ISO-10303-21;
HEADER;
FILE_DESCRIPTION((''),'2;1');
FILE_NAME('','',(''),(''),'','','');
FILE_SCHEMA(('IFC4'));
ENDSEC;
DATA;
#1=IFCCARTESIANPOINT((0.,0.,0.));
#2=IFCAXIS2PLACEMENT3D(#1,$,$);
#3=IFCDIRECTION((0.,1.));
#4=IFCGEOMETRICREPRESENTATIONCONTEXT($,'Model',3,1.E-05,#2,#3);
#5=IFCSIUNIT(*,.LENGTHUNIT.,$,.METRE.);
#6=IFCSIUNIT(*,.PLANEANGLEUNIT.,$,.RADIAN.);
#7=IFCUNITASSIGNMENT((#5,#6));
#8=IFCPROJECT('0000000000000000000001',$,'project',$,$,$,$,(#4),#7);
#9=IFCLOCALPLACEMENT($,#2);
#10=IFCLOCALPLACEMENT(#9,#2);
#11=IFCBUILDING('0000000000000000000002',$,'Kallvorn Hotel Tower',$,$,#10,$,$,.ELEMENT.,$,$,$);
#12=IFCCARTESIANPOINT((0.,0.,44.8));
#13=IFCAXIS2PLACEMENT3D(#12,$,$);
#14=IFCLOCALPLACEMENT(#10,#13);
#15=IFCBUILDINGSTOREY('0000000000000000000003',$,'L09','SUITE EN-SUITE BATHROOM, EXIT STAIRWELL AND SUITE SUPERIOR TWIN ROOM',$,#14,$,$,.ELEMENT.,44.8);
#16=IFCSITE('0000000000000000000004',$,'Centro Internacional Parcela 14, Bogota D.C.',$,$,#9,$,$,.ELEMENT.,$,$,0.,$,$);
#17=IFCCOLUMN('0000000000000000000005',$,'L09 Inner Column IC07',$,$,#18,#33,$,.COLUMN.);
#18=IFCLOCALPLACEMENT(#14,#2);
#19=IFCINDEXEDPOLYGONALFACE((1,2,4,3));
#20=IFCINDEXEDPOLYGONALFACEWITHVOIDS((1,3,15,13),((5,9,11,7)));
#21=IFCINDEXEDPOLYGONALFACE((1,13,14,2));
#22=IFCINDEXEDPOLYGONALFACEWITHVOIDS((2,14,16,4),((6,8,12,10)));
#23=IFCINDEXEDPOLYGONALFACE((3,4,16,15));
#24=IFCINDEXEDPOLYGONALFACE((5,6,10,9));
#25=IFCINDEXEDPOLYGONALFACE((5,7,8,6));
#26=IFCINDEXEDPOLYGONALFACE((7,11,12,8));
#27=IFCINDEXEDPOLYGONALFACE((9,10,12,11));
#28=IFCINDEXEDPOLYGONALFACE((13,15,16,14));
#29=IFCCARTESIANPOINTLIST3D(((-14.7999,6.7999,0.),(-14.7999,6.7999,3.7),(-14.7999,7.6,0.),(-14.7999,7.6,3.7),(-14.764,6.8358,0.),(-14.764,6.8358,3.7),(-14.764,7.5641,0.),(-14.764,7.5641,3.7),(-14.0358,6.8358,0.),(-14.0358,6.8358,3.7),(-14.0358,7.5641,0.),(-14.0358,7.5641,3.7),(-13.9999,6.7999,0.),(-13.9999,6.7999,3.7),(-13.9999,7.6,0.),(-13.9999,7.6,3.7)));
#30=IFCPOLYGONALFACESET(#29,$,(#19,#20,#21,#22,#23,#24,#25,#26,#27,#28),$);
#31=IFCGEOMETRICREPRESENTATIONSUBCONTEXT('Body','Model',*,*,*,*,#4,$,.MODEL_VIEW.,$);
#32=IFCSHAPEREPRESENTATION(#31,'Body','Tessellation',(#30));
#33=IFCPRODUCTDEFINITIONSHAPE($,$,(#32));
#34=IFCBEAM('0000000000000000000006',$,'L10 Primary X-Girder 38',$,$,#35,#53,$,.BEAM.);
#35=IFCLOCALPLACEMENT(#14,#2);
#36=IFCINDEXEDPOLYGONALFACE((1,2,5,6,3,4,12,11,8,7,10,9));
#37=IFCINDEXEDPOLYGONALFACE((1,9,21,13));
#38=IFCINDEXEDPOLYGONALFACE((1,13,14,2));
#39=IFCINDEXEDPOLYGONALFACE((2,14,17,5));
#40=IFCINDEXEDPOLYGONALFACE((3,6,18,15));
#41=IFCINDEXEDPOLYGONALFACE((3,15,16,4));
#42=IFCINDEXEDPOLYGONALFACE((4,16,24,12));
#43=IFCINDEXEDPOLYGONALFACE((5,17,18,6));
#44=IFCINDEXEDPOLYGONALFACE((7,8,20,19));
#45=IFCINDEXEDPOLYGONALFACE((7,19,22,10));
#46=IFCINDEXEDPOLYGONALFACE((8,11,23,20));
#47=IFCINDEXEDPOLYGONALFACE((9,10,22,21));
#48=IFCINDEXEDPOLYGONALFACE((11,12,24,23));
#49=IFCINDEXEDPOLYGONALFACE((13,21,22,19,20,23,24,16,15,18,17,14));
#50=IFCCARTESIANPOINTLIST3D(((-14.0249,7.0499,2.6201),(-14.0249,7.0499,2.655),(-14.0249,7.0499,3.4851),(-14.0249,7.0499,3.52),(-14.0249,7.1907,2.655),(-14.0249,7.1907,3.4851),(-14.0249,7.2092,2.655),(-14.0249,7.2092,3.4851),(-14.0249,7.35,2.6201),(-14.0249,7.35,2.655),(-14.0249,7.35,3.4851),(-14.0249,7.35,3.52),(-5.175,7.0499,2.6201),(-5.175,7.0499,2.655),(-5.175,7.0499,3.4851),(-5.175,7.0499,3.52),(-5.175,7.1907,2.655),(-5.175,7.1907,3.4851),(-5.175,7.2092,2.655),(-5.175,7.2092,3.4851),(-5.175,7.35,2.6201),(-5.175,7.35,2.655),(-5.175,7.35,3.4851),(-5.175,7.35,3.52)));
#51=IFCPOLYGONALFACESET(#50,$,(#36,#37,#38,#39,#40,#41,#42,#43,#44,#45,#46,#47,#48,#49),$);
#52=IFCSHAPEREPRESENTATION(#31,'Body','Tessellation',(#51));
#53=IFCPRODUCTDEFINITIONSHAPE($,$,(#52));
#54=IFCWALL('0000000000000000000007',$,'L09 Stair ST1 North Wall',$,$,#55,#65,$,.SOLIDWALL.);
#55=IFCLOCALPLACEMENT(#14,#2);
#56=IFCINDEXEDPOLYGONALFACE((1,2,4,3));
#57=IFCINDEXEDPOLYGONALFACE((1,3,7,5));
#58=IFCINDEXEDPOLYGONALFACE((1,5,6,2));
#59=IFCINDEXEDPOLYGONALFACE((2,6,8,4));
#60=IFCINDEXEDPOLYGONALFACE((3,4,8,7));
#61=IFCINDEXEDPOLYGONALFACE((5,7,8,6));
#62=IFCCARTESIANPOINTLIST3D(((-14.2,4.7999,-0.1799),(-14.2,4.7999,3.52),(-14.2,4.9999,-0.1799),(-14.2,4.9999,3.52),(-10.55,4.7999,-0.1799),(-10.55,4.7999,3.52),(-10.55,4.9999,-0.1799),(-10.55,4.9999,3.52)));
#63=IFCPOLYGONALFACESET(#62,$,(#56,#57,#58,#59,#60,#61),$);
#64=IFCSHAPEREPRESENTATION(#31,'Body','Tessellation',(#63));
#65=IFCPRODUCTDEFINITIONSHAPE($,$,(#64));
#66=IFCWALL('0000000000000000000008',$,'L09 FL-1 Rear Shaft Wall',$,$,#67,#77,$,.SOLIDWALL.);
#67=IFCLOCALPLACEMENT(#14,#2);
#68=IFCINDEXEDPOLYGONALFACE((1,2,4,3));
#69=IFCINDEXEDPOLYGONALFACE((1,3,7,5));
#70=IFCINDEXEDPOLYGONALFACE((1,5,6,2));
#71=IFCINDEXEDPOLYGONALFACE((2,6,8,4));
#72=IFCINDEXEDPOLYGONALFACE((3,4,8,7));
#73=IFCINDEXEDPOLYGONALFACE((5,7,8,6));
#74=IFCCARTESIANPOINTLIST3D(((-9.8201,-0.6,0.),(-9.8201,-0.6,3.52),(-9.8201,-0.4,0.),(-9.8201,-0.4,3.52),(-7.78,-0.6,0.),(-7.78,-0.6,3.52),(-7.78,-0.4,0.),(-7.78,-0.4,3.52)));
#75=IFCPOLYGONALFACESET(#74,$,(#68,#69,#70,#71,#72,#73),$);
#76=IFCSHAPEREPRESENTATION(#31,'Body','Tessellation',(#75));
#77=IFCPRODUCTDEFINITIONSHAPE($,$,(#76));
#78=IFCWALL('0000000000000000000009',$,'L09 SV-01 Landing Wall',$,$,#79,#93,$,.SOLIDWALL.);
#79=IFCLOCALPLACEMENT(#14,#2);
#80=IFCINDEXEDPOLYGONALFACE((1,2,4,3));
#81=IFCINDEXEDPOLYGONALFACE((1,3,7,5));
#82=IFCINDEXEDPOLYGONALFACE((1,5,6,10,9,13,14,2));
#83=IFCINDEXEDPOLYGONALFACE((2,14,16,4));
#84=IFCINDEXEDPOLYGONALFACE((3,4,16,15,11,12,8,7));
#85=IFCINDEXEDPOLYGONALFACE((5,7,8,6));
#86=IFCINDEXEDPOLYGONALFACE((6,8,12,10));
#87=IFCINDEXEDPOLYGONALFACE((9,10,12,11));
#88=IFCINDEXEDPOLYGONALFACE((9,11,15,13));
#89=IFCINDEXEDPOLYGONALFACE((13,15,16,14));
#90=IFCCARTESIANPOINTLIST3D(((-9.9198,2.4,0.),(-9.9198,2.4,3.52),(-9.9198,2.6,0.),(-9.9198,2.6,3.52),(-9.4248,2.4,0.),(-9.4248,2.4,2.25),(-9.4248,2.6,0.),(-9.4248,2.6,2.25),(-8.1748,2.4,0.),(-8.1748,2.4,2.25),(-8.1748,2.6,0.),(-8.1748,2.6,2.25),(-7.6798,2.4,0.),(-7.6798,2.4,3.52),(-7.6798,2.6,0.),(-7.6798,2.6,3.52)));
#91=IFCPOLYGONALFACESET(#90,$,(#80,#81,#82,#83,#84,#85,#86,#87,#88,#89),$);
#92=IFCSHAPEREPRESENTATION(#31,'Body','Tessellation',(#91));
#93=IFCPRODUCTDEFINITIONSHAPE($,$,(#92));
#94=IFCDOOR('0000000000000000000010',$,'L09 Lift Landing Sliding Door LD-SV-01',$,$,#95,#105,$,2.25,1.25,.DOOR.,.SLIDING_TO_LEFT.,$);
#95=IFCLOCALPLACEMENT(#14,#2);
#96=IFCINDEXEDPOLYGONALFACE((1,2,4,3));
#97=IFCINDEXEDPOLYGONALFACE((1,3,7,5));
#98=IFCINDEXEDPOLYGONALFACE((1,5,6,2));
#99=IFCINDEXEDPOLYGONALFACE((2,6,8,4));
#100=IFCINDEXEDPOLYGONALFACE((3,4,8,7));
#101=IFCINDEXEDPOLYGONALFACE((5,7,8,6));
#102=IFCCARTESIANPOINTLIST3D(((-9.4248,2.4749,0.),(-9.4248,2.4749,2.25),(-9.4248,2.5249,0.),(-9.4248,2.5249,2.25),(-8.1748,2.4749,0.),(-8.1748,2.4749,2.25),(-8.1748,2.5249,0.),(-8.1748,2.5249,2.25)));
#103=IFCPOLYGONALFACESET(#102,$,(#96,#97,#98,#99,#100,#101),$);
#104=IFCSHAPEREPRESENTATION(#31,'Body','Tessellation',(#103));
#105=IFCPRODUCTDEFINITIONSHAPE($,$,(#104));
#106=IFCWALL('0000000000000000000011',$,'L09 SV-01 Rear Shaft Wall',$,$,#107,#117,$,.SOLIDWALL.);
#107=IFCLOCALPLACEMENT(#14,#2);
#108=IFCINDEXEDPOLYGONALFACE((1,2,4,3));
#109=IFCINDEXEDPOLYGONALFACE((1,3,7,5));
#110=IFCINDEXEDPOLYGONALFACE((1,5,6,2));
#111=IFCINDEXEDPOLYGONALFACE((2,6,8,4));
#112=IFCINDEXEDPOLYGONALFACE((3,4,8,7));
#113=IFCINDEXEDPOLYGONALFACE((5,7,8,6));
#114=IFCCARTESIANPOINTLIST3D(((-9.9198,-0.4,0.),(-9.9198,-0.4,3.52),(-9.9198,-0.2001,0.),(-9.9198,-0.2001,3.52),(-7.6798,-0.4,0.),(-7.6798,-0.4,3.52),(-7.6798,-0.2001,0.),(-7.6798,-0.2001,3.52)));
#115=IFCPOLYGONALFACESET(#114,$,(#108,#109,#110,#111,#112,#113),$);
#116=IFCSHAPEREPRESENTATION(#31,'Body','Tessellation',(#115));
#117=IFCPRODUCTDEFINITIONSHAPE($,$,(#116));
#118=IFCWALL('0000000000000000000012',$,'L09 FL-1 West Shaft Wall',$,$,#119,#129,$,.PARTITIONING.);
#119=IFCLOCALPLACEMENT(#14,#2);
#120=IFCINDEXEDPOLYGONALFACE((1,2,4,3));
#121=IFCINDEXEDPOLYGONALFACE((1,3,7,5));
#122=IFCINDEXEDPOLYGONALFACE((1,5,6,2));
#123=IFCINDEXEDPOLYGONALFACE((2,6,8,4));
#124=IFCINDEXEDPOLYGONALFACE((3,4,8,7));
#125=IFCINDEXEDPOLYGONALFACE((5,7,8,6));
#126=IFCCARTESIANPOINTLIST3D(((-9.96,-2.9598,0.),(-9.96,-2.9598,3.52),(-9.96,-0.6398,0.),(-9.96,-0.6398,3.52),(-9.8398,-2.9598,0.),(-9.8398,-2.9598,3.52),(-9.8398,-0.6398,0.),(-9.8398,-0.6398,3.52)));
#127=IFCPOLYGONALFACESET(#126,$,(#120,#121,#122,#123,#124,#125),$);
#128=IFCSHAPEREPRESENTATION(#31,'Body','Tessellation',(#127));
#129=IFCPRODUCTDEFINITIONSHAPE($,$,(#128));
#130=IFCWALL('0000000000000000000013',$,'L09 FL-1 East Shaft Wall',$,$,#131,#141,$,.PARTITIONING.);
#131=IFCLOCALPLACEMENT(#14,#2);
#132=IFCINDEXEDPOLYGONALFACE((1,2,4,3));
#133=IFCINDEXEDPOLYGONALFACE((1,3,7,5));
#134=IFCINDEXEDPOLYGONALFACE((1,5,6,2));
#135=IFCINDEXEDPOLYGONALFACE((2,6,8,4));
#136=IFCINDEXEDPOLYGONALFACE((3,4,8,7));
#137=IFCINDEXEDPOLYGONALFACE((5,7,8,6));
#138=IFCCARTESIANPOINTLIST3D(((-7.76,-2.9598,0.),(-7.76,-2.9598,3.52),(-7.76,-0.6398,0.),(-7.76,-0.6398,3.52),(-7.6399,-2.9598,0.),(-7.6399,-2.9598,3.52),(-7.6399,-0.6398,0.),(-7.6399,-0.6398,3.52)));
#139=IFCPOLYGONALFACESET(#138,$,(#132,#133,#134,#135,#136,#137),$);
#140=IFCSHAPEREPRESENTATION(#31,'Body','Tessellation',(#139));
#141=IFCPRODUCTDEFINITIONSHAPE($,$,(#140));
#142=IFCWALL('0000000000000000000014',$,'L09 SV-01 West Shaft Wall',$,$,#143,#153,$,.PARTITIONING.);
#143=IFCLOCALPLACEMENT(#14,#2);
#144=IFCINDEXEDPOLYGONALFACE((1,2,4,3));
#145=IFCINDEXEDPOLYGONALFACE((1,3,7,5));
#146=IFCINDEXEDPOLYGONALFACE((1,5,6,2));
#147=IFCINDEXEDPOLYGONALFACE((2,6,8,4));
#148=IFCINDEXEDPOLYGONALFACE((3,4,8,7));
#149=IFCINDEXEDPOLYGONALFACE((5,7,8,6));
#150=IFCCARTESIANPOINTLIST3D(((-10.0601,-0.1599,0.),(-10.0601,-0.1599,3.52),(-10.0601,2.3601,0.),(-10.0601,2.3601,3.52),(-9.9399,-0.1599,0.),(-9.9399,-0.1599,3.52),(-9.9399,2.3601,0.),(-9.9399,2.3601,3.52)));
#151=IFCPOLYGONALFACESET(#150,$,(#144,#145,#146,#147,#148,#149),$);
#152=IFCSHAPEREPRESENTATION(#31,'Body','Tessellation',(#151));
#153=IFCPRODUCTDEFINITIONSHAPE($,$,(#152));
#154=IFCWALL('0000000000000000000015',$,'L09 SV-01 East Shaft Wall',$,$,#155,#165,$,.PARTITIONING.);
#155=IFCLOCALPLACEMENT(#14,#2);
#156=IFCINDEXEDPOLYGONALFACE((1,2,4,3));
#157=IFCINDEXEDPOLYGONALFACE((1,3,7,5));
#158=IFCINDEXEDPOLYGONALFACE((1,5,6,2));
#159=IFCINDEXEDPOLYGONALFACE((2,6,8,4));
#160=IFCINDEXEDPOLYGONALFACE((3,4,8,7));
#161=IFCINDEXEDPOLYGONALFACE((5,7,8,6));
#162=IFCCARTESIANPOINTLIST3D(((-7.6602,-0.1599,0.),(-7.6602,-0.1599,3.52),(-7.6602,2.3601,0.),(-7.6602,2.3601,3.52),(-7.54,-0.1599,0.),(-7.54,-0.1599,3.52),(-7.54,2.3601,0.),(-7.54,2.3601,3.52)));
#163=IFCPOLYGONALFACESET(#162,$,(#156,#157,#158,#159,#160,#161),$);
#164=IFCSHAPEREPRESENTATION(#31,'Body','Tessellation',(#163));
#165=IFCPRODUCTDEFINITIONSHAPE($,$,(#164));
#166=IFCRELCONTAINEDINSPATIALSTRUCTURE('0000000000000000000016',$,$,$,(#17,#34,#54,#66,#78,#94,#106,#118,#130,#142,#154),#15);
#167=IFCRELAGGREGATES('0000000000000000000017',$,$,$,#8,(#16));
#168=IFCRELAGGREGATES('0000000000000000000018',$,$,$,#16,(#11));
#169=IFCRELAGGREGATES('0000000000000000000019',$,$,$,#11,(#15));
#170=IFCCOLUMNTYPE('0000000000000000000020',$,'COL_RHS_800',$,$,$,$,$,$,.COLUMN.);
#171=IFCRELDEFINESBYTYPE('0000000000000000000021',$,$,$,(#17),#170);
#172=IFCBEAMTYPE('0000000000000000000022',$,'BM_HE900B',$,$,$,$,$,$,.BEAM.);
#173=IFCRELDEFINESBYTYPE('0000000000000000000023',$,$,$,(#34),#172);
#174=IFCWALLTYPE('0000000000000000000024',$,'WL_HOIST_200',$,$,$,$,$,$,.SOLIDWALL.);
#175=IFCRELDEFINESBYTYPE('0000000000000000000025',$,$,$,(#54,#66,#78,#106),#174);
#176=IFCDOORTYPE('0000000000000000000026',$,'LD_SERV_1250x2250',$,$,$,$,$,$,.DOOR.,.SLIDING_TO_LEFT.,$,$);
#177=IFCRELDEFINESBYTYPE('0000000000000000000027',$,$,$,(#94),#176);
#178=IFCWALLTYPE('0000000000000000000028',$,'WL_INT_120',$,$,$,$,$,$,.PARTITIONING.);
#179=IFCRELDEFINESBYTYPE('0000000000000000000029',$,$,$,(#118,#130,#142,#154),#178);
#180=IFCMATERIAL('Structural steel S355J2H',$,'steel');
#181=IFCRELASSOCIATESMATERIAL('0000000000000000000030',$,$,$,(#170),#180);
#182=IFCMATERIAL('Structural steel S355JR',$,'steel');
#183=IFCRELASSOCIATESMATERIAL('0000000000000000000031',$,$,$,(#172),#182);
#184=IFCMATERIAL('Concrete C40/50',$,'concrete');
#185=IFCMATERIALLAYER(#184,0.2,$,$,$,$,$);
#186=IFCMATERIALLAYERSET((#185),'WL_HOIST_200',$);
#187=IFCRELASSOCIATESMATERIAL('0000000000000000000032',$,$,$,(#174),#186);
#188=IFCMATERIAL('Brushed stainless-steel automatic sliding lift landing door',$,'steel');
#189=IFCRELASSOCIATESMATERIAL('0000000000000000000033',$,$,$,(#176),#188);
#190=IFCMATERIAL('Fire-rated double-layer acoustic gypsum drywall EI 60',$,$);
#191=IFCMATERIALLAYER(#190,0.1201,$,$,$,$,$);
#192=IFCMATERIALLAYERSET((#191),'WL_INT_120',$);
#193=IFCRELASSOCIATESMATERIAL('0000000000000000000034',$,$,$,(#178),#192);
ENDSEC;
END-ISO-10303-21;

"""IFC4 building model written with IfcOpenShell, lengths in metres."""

from ifc_helpers import new_model, si_unit, direction, frame, frame_2d, origin, origin_2d, place, context, subcontext, project, spatial, rectangle, hollow_rectangle, i_section, extrude, material, layer, layer_set, material_profile, profile_set, type_object, element, fill, save


model = new_model("IFC4")

# Units and contexts
model_context = context("Model", 3, precision=1e-05, world=origin(), true_north=direction((0.0, 1.0)))
body_context = subcontext(model_context, "Body", "Model", "MODEL_VIEW")
ifc_project = project(units=[si_unit("LENGTHUNIT", "METRE"), si_unit("PLANEANGLEUNIT", "RADIAN")], contexts=[model_context])

# Site, building, storey
site_placement = place(None, origin())
site = spatial("IfcSite", under=ifc_project, at=site_placement, Name="Centro Internacional Parcela 14, Bogota D.C.", CompositionType="ELEMENT", RefElevation=0.0)
building_placement = place(site_placement, origin())
building = spatial("IfcBuilding", under=site, at=building_placement, Name="Kallvorn Hotel Tower", CompositionType="ELEMENT")
storey_placement = place(building_placement, frame((0.0, 0.0, 44.8)))
storey = spatial("IfcBuildingStorey", under=building, at=storey_placement, Name="L09", Description="SUITE EN-SUITE BATHROOM, EXIT STAIRWELL AND SUITE SUPERIOR TWIN ROOM", CompositionType="ELEMENT", Elevation=44.8)

# Column
ifc_material_1 = material(Name="Structural steel S355J2H", Category="steel")
ifc_material_profile_1 = material_profile(ifc_material_1, hollow_rectangle(XDim=0.8, YDim=0.8, WallThickness=0.0359, at=origin_2d()), Name="RHS 800x800x36")
ifc_profile_set_1 = profile_set([ifc_material_profile_1], Name="Structural steel S355J2H")
column_type = type_object("IfcColumnType", Name="COL_RHS_800", PredefinedType="COLUMN", material=ifc_profile_set_1)
column_placement = place(storey_placement, frame((-14.3999, 7.2, 0.0), z_axis=(0.0, 0.0, 1.0), x_axis=(1.0, 0.0, 0.0)))
element("IfcColumn", 1, at=column_placement, inside=storey, type_object=column_type, Name="L09 Inner Column IC07", PredefinedType="COLUMN", context=body_context, shape_type="SweptSolid", body=[
    extrude(hollow_rectangle(XDim=0.8, YDim=0.8, WallThickness=0.0359, at=origin_2d()), origin(), (0.0, 0.0, 1.0), 3.7),
])

# Beam
ifc_material_2 = material(Name="Structural steel S355JR", Category="steel")
ifc_material_profile_2 = material_profile(ifc_material_2, i_section(OverallWidth=0.3, OverallDepth=0.8999, WebThickness=0.0186, FlangeThickness=0.0349, at=origin_2d()), Name="HE 900 B")
ifc_profile_set_2 = profile_set([ifc_material_profile_2], Name="Structural steel S355JR")
beam_type = type_object("IfcBeamType", Name="BM_HE900B", PredefinedType="BEAM", material=ifc_profile_set_2)
beam_placement = place(storey_placement, frame((-14.0249, 7.2, 3.0701), z_axis=(1.0, 0.0, 0.0), x_axis=(0.0, 1.0, 0.0)))
element("IfcBeam", 2, at=beam_placement, inside=storey, type_object=beam_type, Name="L10 Primary X-Girder 38", PredefinedType="BEAM", context=body_context, shape_type="SweptSolid", body=[
    extrude(i_section(OverallWidth=0.3, OverallDepth=0.8999, WebThickness=0.0186, FlangeThickness=0.0349, at=origin_2d()), origin(), (0.0, 0.0, 1.0), 8.8499),
])

# Walls
ifc_material_3 = material(Name="Concrete C40/50", Category="concrete")
ifc_layer_1 = layer(ifc_material_3, 0.2)
ifc_layer_set_1 = layer_set([ifc_layer_1], Name="WL_HOIST_200")
wall_type_1 = type_object("IfcWallType", Name="WL_HOIST_200", PredefinedType="SOLIDWALL", material=ifc_layer_set_1)
wall_1_placement = place(storey_placement, frame((-14.2, 4.8999, -0.1799), z_axis=(0.0, 0.0, 1.0), x_axis=(1.0, 0.0, 0.0)))
element("IfcWall", 3, at=wall_1_placement, inside=storey, type_object=wall_type_1, Name="L09 Stair ST1 North Wall", PredefinedType="SOLIDWALL", context=body_context, shape_type="SweptSolid", body=[
    extrude(rectangle(XDim=3.6499, YDim=0.2, at=frame_2d((1.825, 0.0))), origin(), (0.0, 0.0, 1.0), 3.7),
])
wall_2_placement = place(storey_placement, frame((-9.8201, -0.5, 0.0), z_axis=(0.0, 0.0, 1.0), x_axis=(1.0, 0.0, 0.0)))
element("IfcWall", 4, at=wall_2_placement, inside=storey, type_object=wall_type_1, Name="L09 FL-1 Rear Shaft Wall", PredefinedType="SOLIDWALL", context=body_context, shape_type="SweptSolid", body=[
    extrude(rectangle(XDim=2.04, YDim=0.2, at=frame_2d((1.02, 0.0))), origin(), (0.0, 0.0, 1.0), 3.52),
])

# Wall, opening, door
wall_3_placement = place(storey_placement, frame((-9.9199, 2.5, 0.0), z_axis=(0.0, 0.0, 1.0), x_axis=(1.0, 0.0, 0.0)))
wall_3 = element("IfcWall", 5, at=wall_3_placement, inside=storey, type_object=wall_type_1, Name="L09 SV-01 Landing Wall", PredefinedType="SOLIDWALL", context=body_context, shape_type="SweptSolid", body=[
    extrude(rectangle(XDim=2.24, YDim=0.2, at=frame_2d((1.1201, 0.0))), origin(), (0.0, 0.0, 1.0), 3.52),
])
opening_1_placement = place(wall_3_placement, frame((0.4951, 0.0, 0.0)))
opening_1 = element("IfcOpeningElement", 6, at=opening_1_placement, cuts=wall_3, PredefinedType="OPENING", context=body_context, shape_type="SweptSolid", body=[
    extrude(rectangle(XDim=1.25, YDim=2.25, at=frame_2d((0.625, 1.125))), frame((0.0, 0.115, 0.0), z_axis=(0.0, -1.0, 0.0), x_axis=(1.0, 0.0, 0.0)), (0.0, 0.0, 1.0), 0.23),
])
ifc_material_4 = material(Name="Brushed stainless-steel automatic sliding lift landing door", Category="steel")
door_type_1 = type_object("IfcDoorType", Name="LD_SERV_1250x2250", OperationType="SLIDING_TO_LEFT", PredefinedType="DOOR", material=ifc_material_4)
door_1_placement = place(opening_1_placement, origin())
door_1 = element("IfcDoor", 7, at=door_1_placement, inside=storey, type_object=door_type_1, Name="L09 Lift Landing Sliding Door LD-SV-01", OperationType="SLIDING_TO_LEFT", OverallHeight=2.25, OverallWidth=1.25, PredefinedType="DOOR", context=body_context, shape_type="SweptSolid", body=[
    extrude(rectangle(XDim=1.25, YDim=2.25, at=frame_2d((0.625, 1.125))), frame((0.0, 0.0249, 0.0), z_axis=(0.0, -1.0, 0.0), x_axis=(1.0, 0.0, 0.0)), (0.0, 0.0, 1.0), 0.05),
])
fill(opening_1, door_1)

# Walls
wall_4_placement = place(storey_placement, frame((-9.9199, -0.3, 0.0), z_axis=(0.0, 0.0, 1.0), x_axis=(1.0, 0.0, 0.0)))
element("IfcWall", 8, at=wall_4_placement, inside=storey, type_object=wall_type_1, Name="L09 SV-01 Rear Shaft Wall", PredefinedType="SOLIDWALL", context=body_context, shape_type="SweptSolid", body=[
    extrude(rectangle(XDim=2.24, YDim=0.2, at=frame_2d((1.1201, 0.0))), origin(), (0.0, 0.0, 1.0), 3.52),
])
ifc_material_5 = material(Name="Fire-rated double-layer acoustic gypsum drywall EI 60")
ifc_layer_2 = layer(ifc_material_5, 0.1201)
ifc_layer_set_2 = layer_set([ifc_layer_2], Name="WL_INT_120")
wall_type_2 = type_object("IfcWallType", Name="WL_INT_120", PredefinedType="PARTITIONING", material=ifc_layer_set_2)
for number, where, z_axis, x_axis, name in (
    (9, (-9.8999, -2.96, 0.0), (0.0, 0.0, 1.0), (0.0, 1.0, 0.0), "L09 FL-1 West Shaft Wall"),
    (10, (-7.7, -2.96, 0.0), (0.0, 0.0, 1.0), (0.0, 1.0, 0.0), "L09 FL-1 East Shaft Wall"),
):
    element("IfcWall", number, at=place(storey_placement, frame(where, z_axis=z_axis, x_axis=x_axis)), inside=storey, type_object=wall_type_2, Name=name, PredefinedType="PARTITIONING", context=body_context, shape_type="SweptSolid", body=[
        extrude(rectangle(XDim=2.3201, YDim=0.1201, at=frame_2d((1.1602, 0.0))), origin(), (0.0, 0.0, 1.0), 3.52),
    ])
for number, where, z_axis, x_axis, name in (
    (11, (-10.0, -0.1599, 0.0), (0.0, 0.0, 1.0), (0.0, 1.0, 0.0), "L09 SV-01 West Shaft Wall"),
    (12, (-7.6001, -0.1599, 0.0), (0.0, 0.0, 1.0), (0.0, 1.0, 0.0), "L09 SV-01 East Shaft Wall"),
):
    element("IfcWall", number, at=place(storey_placement, frame(where, z_axis=z_axis, x_axis=x_axis)), inside=storey, type_object=wall_type_2, Name=name, PredefinedType="PARTITIONING", context=body_context, shape_type="SweptSolid", body=[
        extrude(rectangle(XDim=2.52, YDim=0.1201, at=frame_2d((1.26, 0.0))), origin(), (0.0, 0.0, 1.0), 3.52),
    ])

save(model, "model.ifc")
